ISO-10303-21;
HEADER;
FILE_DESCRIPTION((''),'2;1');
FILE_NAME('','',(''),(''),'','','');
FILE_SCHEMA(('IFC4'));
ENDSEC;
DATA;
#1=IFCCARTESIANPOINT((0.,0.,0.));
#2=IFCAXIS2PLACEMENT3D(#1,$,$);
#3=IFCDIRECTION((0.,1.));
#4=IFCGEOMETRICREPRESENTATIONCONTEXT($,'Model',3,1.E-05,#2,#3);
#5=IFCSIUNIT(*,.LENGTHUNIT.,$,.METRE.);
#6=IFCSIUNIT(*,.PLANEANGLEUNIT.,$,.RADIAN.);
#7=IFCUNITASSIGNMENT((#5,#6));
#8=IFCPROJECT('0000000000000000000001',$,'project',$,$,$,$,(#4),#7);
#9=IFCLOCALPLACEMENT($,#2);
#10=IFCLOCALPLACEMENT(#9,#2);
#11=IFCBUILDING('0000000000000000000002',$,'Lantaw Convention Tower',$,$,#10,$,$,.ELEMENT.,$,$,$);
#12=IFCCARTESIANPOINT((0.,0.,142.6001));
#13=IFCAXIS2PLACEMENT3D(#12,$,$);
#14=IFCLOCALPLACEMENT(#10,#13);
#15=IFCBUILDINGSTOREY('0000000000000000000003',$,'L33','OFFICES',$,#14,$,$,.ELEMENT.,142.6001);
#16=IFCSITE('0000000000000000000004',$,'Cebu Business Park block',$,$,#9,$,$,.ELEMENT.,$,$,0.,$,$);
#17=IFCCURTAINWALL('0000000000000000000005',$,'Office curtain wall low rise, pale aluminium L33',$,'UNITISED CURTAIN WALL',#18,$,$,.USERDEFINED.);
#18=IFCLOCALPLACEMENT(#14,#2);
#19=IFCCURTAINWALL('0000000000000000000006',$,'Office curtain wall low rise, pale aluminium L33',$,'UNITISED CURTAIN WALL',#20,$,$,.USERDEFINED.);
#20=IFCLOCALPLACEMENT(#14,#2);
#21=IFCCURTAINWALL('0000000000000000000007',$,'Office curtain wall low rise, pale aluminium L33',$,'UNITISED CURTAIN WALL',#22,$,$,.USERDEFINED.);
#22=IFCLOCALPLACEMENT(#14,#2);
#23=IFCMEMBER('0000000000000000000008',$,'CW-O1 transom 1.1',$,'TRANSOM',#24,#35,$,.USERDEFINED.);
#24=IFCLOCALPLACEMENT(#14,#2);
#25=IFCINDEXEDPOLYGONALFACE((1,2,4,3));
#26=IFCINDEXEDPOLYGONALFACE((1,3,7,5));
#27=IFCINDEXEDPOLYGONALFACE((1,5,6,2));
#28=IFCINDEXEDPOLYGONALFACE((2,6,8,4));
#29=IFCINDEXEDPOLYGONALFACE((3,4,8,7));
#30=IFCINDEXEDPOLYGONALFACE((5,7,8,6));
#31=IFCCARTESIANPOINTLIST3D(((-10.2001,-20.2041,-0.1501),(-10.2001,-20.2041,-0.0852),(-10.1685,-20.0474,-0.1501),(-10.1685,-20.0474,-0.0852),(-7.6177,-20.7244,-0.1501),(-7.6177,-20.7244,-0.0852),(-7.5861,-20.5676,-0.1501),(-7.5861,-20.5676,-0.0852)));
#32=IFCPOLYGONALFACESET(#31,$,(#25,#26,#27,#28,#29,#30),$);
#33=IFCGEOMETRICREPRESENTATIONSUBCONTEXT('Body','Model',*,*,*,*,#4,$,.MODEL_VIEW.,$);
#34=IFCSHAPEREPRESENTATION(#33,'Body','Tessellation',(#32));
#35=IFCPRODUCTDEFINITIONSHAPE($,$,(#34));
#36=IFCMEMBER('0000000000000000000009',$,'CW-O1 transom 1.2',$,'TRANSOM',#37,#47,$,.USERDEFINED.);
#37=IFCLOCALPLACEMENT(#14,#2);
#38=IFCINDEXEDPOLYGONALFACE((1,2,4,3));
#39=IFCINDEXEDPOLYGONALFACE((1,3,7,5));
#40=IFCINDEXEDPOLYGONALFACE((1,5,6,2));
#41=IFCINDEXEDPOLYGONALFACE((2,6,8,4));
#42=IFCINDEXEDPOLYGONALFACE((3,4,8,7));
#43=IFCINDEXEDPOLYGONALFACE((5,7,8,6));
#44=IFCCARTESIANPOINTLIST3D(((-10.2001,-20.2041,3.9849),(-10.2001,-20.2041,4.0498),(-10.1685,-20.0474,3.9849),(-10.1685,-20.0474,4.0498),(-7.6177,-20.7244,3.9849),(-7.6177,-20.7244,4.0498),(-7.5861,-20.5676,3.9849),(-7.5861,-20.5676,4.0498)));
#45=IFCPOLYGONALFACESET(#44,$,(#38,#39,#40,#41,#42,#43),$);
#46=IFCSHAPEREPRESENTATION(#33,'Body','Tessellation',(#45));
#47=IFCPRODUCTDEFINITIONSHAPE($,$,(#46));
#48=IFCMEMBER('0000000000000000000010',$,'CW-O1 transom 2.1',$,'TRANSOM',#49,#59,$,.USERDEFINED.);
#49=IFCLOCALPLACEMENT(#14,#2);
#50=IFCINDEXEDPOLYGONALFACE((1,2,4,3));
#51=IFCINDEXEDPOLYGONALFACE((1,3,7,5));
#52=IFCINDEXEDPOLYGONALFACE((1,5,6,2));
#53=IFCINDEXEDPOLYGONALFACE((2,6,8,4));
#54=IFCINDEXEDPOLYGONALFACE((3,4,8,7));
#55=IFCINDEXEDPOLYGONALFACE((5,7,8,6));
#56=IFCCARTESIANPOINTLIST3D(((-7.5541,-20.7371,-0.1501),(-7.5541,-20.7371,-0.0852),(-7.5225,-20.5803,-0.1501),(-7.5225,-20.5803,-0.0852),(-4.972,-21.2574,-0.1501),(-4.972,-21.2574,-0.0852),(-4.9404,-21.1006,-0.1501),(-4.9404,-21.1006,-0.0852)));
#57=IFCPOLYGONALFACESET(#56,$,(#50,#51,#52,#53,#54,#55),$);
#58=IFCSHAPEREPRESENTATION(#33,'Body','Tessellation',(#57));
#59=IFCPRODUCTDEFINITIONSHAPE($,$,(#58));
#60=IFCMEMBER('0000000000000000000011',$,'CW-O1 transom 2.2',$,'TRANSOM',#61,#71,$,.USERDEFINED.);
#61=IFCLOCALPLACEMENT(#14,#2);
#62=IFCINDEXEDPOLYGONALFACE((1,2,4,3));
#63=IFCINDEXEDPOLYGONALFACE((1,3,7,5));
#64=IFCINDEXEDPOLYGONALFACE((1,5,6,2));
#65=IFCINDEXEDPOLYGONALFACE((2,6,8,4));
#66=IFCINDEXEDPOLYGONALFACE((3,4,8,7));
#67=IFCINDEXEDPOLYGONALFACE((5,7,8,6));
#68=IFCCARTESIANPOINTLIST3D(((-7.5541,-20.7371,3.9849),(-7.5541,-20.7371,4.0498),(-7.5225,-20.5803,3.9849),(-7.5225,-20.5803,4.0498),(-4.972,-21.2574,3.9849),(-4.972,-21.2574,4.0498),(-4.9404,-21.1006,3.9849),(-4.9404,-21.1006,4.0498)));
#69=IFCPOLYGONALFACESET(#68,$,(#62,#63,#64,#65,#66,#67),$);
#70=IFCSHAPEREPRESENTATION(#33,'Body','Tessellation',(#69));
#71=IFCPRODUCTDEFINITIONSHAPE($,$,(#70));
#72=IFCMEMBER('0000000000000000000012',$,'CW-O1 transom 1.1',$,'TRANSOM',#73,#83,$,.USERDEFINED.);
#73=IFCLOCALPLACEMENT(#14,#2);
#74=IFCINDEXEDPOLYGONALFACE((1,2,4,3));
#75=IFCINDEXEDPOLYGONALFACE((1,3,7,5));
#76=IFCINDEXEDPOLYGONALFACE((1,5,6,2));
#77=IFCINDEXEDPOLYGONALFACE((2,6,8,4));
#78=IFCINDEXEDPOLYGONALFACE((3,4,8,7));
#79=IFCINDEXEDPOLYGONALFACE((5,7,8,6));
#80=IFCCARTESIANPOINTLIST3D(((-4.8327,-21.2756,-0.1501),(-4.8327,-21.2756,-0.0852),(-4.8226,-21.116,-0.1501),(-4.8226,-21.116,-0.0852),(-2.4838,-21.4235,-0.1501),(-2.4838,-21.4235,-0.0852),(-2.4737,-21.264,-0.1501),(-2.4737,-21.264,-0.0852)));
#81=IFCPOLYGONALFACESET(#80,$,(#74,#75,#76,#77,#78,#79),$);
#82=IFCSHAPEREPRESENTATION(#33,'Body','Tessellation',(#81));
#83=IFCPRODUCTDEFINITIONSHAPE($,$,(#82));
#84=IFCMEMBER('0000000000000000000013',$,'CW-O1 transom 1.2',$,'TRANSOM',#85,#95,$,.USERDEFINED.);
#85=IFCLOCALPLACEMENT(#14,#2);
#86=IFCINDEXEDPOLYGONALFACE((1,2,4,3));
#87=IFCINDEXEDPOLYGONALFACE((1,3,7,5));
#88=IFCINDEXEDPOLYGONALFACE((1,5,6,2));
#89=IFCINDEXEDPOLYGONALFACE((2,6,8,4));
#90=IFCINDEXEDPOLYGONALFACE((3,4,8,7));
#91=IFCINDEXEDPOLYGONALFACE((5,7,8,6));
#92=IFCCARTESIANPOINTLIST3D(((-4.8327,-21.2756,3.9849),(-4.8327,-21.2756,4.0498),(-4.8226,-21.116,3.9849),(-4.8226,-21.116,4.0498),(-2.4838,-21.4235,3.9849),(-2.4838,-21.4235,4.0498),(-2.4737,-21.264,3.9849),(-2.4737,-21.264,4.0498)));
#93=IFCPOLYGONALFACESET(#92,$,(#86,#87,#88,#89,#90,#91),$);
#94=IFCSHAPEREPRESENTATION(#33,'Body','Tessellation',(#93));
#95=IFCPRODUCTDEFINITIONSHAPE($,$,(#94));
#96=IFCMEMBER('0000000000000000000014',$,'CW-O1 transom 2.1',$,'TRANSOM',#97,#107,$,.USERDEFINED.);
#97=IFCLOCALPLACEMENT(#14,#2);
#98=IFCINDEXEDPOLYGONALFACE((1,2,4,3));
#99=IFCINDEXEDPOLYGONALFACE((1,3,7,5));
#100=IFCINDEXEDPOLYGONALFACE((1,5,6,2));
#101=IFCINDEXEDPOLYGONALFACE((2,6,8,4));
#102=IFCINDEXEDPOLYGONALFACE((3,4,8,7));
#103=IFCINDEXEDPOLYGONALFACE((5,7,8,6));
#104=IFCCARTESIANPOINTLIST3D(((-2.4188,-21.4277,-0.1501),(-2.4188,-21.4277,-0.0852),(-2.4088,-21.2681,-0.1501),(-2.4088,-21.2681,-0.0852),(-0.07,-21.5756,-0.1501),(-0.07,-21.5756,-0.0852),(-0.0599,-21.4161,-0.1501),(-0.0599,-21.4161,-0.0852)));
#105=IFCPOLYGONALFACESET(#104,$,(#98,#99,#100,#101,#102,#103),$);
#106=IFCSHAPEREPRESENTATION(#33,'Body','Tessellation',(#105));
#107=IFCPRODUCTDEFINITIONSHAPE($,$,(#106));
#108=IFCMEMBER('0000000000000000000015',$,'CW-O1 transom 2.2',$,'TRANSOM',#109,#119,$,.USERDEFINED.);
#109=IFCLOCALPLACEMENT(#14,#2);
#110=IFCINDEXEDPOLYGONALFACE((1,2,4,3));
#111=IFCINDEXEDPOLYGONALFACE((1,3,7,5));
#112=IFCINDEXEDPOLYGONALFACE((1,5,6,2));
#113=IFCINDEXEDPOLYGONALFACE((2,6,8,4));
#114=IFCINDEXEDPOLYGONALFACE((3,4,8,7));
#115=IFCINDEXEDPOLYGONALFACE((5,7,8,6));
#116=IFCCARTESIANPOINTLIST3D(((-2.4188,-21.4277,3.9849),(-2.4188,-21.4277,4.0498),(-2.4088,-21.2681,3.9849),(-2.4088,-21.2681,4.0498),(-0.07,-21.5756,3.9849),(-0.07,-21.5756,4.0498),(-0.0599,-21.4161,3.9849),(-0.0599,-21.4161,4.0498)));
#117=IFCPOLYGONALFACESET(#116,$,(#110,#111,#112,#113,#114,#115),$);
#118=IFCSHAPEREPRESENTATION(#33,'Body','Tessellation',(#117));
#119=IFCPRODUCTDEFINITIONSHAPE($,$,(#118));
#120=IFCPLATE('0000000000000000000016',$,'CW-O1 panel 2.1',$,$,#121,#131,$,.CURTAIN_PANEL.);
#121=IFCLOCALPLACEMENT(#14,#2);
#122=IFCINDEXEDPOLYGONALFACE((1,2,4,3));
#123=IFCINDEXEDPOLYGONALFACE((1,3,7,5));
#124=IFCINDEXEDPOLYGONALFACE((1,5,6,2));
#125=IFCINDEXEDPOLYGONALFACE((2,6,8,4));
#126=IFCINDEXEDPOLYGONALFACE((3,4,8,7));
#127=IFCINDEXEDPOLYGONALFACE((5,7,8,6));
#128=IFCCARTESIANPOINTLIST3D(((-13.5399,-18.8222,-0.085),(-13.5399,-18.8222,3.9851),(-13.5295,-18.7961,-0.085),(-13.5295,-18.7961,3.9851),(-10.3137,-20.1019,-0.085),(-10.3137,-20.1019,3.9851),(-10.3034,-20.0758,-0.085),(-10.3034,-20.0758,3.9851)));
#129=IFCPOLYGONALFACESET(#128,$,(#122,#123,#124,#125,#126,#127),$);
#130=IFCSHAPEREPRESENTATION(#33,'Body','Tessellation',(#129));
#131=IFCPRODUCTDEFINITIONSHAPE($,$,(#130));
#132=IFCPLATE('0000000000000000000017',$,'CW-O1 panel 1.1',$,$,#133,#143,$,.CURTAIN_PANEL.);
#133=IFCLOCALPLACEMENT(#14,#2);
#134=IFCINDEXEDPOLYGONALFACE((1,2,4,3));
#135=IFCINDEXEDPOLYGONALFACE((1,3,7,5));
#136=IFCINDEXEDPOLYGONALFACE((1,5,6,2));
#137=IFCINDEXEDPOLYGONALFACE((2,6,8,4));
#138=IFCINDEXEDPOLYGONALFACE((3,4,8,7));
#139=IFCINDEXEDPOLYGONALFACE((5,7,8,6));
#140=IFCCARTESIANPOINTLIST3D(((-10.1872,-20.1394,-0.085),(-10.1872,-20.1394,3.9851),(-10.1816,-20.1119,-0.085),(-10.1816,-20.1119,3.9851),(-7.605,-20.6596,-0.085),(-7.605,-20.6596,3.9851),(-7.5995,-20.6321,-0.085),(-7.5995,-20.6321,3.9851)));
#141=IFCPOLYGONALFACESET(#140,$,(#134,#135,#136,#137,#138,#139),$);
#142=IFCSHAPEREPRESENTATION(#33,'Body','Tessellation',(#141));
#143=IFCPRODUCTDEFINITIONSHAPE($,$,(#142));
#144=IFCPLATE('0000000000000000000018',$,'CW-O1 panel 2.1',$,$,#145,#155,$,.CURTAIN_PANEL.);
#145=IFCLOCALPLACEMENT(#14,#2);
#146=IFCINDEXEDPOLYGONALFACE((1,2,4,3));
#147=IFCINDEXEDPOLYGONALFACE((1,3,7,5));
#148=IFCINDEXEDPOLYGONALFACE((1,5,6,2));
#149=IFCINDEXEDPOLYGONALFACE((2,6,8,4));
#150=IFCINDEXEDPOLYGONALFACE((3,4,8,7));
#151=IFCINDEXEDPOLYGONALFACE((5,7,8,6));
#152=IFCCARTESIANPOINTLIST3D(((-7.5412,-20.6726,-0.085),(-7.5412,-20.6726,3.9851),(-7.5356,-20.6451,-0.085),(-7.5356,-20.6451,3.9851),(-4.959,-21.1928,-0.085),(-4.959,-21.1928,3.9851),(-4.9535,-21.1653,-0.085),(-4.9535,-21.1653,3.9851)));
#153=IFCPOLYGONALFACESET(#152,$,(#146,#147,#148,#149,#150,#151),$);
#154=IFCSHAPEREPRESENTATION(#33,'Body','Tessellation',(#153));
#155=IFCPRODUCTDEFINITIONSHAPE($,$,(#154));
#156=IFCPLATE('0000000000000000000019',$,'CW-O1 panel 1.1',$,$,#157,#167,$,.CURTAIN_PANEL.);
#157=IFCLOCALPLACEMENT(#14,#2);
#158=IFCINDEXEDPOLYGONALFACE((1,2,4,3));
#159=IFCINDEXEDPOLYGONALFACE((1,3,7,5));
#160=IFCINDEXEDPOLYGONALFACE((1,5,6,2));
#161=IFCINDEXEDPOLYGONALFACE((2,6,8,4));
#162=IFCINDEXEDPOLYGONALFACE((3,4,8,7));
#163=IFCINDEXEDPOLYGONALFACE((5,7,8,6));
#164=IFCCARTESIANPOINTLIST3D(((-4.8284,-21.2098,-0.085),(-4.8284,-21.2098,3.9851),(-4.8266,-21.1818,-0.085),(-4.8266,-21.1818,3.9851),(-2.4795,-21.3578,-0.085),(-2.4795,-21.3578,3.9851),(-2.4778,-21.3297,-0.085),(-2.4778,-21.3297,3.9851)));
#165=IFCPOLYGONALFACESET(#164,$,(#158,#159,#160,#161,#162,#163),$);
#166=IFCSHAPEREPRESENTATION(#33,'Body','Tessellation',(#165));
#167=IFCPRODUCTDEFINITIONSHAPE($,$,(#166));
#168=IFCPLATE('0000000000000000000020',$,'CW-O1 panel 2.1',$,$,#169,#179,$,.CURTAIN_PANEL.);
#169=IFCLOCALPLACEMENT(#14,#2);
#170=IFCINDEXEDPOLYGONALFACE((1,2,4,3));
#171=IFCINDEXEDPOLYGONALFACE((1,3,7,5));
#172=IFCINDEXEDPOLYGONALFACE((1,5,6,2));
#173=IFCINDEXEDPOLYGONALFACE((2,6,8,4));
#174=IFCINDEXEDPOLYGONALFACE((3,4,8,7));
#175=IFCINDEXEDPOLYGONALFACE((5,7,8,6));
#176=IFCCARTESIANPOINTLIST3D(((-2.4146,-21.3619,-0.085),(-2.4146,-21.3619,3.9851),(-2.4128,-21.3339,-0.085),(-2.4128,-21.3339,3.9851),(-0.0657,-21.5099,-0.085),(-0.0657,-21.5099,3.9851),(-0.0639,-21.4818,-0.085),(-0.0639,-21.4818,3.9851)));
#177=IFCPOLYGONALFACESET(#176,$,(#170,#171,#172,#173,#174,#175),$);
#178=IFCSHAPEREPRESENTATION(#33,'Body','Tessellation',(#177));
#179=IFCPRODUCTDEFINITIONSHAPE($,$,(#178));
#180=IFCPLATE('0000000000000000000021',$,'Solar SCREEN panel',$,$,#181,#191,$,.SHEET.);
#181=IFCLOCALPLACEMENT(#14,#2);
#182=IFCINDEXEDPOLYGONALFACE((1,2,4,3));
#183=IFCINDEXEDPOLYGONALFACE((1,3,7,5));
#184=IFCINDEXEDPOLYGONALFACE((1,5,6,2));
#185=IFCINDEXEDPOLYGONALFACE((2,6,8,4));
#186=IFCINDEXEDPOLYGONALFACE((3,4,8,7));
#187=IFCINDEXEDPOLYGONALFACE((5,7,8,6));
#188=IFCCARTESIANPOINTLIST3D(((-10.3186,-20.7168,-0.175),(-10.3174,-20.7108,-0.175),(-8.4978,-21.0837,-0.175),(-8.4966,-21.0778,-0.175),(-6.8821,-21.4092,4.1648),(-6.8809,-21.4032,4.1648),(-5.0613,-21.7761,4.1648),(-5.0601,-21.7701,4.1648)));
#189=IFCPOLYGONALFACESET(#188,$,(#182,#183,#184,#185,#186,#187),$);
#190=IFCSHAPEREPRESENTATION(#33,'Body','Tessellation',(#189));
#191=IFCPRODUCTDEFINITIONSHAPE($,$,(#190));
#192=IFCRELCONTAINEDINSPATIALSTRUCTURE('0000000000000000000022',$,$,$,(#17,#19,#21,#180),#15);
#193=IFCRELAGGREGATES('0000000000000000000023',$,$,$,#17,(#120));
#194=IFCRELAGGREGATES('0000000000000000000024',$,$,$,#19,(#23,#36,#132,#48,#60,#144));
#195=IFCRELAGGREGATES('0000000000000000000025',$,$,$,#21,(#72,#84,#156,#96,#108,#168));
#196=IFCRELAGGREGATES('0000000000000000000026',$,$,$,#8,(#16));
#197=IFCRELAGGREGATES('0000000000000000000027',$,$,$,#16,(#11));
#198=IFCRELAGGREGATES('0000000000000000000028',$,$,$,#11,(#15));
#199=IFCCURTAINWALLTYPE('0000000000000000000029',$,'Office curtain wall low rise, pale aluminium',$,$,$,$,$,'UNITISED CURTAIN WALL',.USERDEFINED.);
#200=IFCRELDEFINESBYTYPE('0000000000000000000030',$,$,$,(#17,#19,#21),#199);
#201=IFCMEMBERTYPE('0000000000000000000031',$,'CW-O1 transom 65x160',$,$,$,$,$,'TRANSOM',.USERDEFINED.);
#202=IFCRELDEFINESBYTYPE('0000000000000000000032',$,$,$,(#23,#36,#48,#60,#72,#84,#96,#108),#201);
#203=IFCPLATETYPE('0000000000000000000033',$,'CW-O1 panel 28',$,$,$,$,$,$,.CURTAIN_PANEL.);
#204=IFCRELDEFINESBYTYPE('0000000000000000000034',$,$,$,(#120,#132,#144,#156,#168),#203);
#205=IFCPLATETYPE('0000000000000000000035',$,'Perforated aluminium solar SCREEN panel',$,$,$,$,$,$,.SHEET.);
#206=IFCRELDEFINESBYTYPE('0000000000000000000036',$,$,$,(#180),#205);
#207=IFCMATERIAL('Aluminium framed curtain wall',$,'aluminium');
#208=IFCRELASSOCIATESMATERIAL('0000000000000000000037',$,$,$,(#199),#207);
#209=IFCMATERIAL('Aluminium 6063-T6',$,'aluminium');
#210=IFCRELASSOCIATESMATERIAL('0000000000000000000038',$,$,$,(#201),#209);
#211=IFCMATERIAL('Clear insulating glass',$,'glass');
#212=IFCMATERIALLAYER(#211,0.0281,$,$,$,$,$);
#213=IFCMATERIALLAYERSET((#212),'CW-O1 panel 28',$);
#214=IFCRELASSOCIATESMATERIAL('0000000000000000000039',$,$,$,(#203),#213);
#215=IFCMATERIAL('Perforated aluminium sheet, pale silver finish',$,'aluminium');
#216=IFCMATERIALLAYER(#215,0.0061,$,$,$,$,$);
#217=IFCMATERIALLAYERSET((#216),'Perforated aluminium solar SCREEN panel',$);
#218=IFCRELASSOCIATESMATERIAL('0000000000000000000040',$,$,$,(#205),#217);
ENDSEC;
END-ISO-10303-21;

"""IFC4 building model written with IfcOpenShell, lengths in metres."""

from ifc_helpers import new_model, si_unit, direction, frame, origin, origin_2d, place, context, subcontext, project, spatial, polyline, rectangle, outline, extrude, material, layer, layer_set, material_profile, profile_set, type_object, element, aggregate, save


model = new_model("IFC4")

# Units and contexts
model_context = context("Model", 3, precision=1e-05, world=origin(), true_north=direction((0.0, 1.0)))
body_context = subcontext(model_context, "Body", "Model", "MODEL_VIEW")
ifc_project = project(units=[si_unit("LENGTHUNIT", "METRE"), si_unit("PLANEANGLEUNIT", "RADIAN")], contexts=[model_context])

# Site, building, storey
site_placement = place(None, origin())
site = spatial("IfcSite", under=ifc_project, at=site_placement, Name="Cebu Business Park block", CompositionType="ELEMENT", RefElevation=0.0)
building_placement = place(site_placement, origin())
building = spatial("IfcBuilding", under=site, at=building_placement, Name="Lantaw Convention Tower", CompositionType="ELEMENT")
storey_placement = place(building_placement, frame((0.0, 0.0, 142.6001)))
storey = spatial("IfcBuildingStorey", under=building, at=storey_placement, Name="L33", Description="OFFICES", CompositionType="ELEMENT", Elevation=142.6001)

# Curtain wall
ifc_material_1 = material(Name="Aluminium framed curtain wall", Category="aluminium")
curtain_wall_type = type_object("IfcCurtainWallType", Name="Office curtain wall low rise, pale aluminium", ElementType="UNITISED CURTAIN WALL", PredefinedType="USERDEFINED", material=ifc_material_1)
curtain_wall_1_placement = place(storey_placement, origin())
curtain_wall_1 = element("IfcCurtainWall", 1, at=curtain_wall_1_placement, inside=storey, type_object=curtain_wall_type, Name="Office curtain wall low rise, pale aluminium L33", ObjectType="UNITISED CURTAIN WALL", PredefinedType="USERDEFINED")
ifc_material_2 = material(Name="Aluminium 6063-T6", Category="aluminium")

# Curtain walls
curtain_wall_2_placement = place(storey_placement, origin())
curtain_wall_2 = element("IfcCurtainWall", 2, at=curtain_wall_2_placement, inside=storey, type_object=curtain_wall_type, Name="Office curtain wall low rise, pale aluminium L33", ObjectType="UNITISED CURTAIN WALL", PredefinedType="USERDEFINED")
curtain_wall_3_placement = place(storey_placement, origin())
curtain_wall_3 = element("IfcCurtainWall", 3, at=curtain_wall_3_placement, inside=storey, type_object=curtain_wall_type, Name="Office curtain wall low rise, pale aluminium L33", ObjectType="UNITISED CURTAIN WALL", PredefinedType="USERDEFINED")

# Members
ifc_material_profile_1 = material_profile(ifc_material_2, rectangle(XDim=0.1599, YDim=0.0649, at=origin_2d()), Name="CW-O1 transom 65x160")
ifc_profile_set_1 = profile_set([ifc_material_profile_1], Name="Aluminium 6063-T6")
member_type_1 = type_object("IfcMemberType", Name="CW-O1 transom 65x160", ElementType="TRANSOM", PredefinedType="USERDEFINED", material=ifc_profile_set_1)
member_1_placement = place(storey_placement, frame((-10.1843, -20.1257, -0.1177), z_axis=(0.980302, -0.197506, 0.0), x_axis=(0.197506, 0.980302, 0.0)))
member_1 = element("IfcMember", 4, at=member_1_placement, type_object=member_type_1, Name="CW-O1 transom 1.1", ObjectType="TRANSOM", PredefinedType="USERDEFINED", context=body_context, shape_type="SweptSolid", body=[
    extrude(rectangle(XDim=0.1599, YDim=0.0649, at=origin_2d()), origin(), (0.0, 0.0, 1.0), 2.6343),
])
member_2_placement = place(storey_placement, frame((-10.1843, -20.1257, 4.0173), z_axis=(0.980302, -0.197506, 0.0), x_axis=(0.197506, 0.980302, 0.0)))
member_2 = element("IfcMember", 5, at=member_2_placement, type_object=member_type_1, Name="CW-O1 transom 1.2", ObjectType="TRANSOM", PredefinedType="USERDEFINED", context=body_context, shape_type="SweptSolid", body=[
    extrude(rectangle(XDim=0.1599, YDim=0.0649, at=origin_2d()), origin(), (0.0, 0.0, 1.0), 2.6343),
])
member_3_placement = place(storey_placement, frame((-7.5383, -20.6587, -0.1177), z_axis=(0.980298, -0.197524, 0.0), x_axis=(0.197524, 0.980298, 0.0)))
member_3 = element("IfcMember", 6, at=member_3_placement, type_object=member_type_1, Name="CW-O1 transom 2.1", ObjectType="TRANSOM", PredefinedType="USERDEFINED", context=body_context, shape_type="SweptSolid", body=[
    extrude(rectangle(XDim=0.1599, YDim=0.0649, at=origin_2d()), origin(), (0.0, 0.0, 1.0), 2.634),
])
member_4_placement = place(storey_placement, frame((-7.5383, -20.6587, 4.0173), z_axis=(0.980298, -0.197524, 0.0), x_axis=(0.197524, 0.980298, 0.0)))
member_4 = element("IfcMember", 7, at=member_4_placement, type_object=member_type_1, Name="CW-O1 transom 2.2", ObjectType="TRANSOM", PredefinedType="USERDEFINED", context=body_context, shape_type="SweptSolid", body=[
    extrude(rectangle(XDim=0.1599, YDim=0.0649, at=origin_2d()), origin(), (0.0, 0.0, 1.0), 2.634),
])
member_5_placement = place(storey_placement, frame((-4.8276, -21.1958, -0.1177), z_axis=(0.998022, -0.062863, 0.0), x_axis=(0.062863, 0.998022, 0.0)))
member_5 = element("IfcMember", 8, at=member_5_placement, type_object=member_type_1, Name="CW-O1 transom 1.1", ObjectType="TRANSOM", PredefinedType="USERDEFINED", context=body_context, shape_type="SweptSolid", body=[
    extrude(rectangle(XDim=0.1599, YDim=0.0649, at=origin_2d()), origin(), (0.0, 0.0, 1.0), 2.3535),
])
member_6_placement = place(storey_placement, frame((-4.8276, -21.1958, 4.0173), z_axis=(0.998022, -0.062863, 0.0), x_axis=(0.062863, 0.998022, 0.0)))
member_6 = element("IfcMember", 9, at=member_6_placement, type_object=member_type_1, Name="CW-O1 transom 1.2", ObjectType="TRANSOM", PredefinedType="USERDEFINED", context=body_context, shape_type="SweptSolid", body=[
    extrude(rectangle(XDim=0.1599, YDim=0.0649, at=origin_2d()), origin(), (0.0, 0.0, 1.0), 2.3535),
])
member_7_placement = place(storey_placement, frame((-2.4138, -21.3479, -0.1177), z_axis=(0.998022, -0.062863, 0.0), x_axis=(0.062863, 0.998022, 0.0)))
member_7 = element("IfcMember", 10, at=member_7_placement, type_object=member_type_1, Name="CW-O1 transom 2.1", ObjectType="TRANSOM", PredefinedType="USERDEFINED", context=body_context, shape_type="SweptSolid", body=[
    extrude(rectangle(XDim=0.1599, YDim=0.0649, at=origin_2d()), origin(), (0.0, 0.0, 1.0), 2.3535),
])
member_8_placement = place(storey_placement, frame((-2.4138, -21.3479, 4.0173), z_axis=(0.998022, -0.062863, 0.0), x_axis=(0.062863, 0.998022, 0.0)))
member_8 = element("IfcMember", 11, at=member_8_placement, type_object=member_type_1, Name="CW-O1 transom 2.2", ObjectType="TRANSOM", PredefinedType="USERDEFINED", context=body_context, shape_type="SweptSolid", body=[
    extrude(rectangle(XDim=0.1599, YDim=0.0649, at=origin_2d()), origin(), (0.0, 0.0, 1.0), 2.3535),
])

# Plates
ifc_material_3 = material(Name="Clear insulating glass", Category="glass")
ifc_layer_1 = layer(ifc_material_3, 0.0281)
ifc_layer_set_1 = layer_set([ifc_layer_1], Name="CW-O1 panel 28")
plate_type_1 = type_object("IfcPlateType", Name="CW-O1 panel 28", PredefinedType="CURTAIN_PANEL", material=ifc_layer_set_1)
plate_1_placement = place(storey_placement, frame((-11.9216, -19.449, -0.085), z_axis=(0.0, 0.0, 1.0), x_axis=(0.929548, -0.368702, 0.0)))
plate_1 = element("IfcPlate", 12, at=plate_1_placement, type_object=plate_type_1, Name="CW-O1 panel 2.1", PredefinedType="CURTAIN_PANEL", context=body_context, shape_type="SweptSolid", body=[
    extrude(rectangle(XDim=3.4707, YDim=0.0281, at=origin_2d()), origin(), (0.0, 0.0, 1.0), 4.0701),
])
aggregate(curtain_wall_1, [plate_1])
plate_2_placement = place(storey_placement, frame((-8.8933, -20.3857, -0.085), z_axis=(0.0, 0.0, 1.0), x_axis=(0.980302, -0.197507, 0.0)))
plate_2 = element("IfcPlate", 13, at=plate_2_placement, type_object=plate_type_1, Name="CW-O1 panel 1.1", PredefinedType="CURTAIN_PANEL", context=body_context, shape_type="SweptSolid", body=[
    extrude(rectangle(XDim=2.634, YDim=0.0281, at=origin_2d()), origin(), (0.0, 0.0, 1.0), 4.0701),
])
plate_3_placement = place(storey_placement, frame((-6.2473, -20.9189, -0.085), z_axis=(0.0, 0.0, 1.0), x_axis=(0.980302, -0.197507, 0.0)))
plate_3 = element("IfcPlate", 14, at=plate_3_placement, type_object=plate_type_1, Name="CW-O1 panel 2.1", PredefinedType="CURTAIN_PANEL", context=body_context, shape_type="SweptSolid", body=[
    extrude(rectangle(XDim=2.634, YDim=0.0281, at=origin_2d()), origin(), (0.0, 0.0, 1.0), 4.0701),
])
aggregate(curtain_wall_2, [member_1, member_2, plate_2, member_3, member_4, plate_3])
plate_4_placement = place(storey_placement, frame((-3.6531, -21.2698, -0.085), z_axis=(0.0, 0.0, 1.0), x_axis=(0.998022, -0.062865, 0.0)))
plate_4 = element("IfcPlate", 15, at=plate_4_placement, type_object=plate_type_1, Name="CW-O1 panel 1.1", PredefinedType="CURTAIN_PANEL", context=body_context, shape_type="SweptSolid", body=[
    extrude(rectangle(XDim=2.3535, YDim=0.0281, at=origin_2d()), origin(), (0.0, 0.0, 1.0), 4.0701),
])
plate_5_placement = place(storey_placement, frame((-1.2393, -21.4219, -0.085), z_axis=(0.0, 0.0, 1.0), x_axis=(0.998022, -0.062865, 0.0)))
plate_5 = element("IfcPlate", 16, at=plate_5_placement, type_object=plate_type_1, Name="CW-O1 panel 2.1", PredefinedType="CURTAIN_PANEL", context=body_context, shape_type="SweptSolid", body=[
    extrude(rectangle(XDim=2.3535, YDim=0.0281, at=origin_2d()), origin(), (0.0, 0.0, 1.0), 4.0701),
])
aggregate(curtain_wall_3, [member_5, member_6, plate_4, member_7, member_8, plate_5])

# Plate
ifc_material_4 = material(Name="Perforated aluminium sheet, pale silver finish", Category="aluminium")
ifc_layer_2 = layer(ifc_material_4, 0.0061)
ifc_layer_set_2 = layer_set([ifc_layer_2], Name="Perforated aluminium solar SCREEN panel")
plate_type_2 = type_object("IfcPlateType", Name="Perforated aluminium solar SCREEN panel", PredefinedType="SHEET", material=ifc_layer_set_2)
plate_6_placement = place(storey_placement, frame((-10.3186, -20.7168, -0.175), z_axis=(-0.197557, -0.980291, 0.000039), x_axis=(0.980291, -0.197557, 0.0)))
element("IfcPlate", 17, at=plate_6_placement, inside=storey, type_object=plate_type_2, Name="Solar SCREEN panel", PredefinedType="SHEET", context=body_context, shape_type="SweptSolid", body=[
    extrude(outline(polyline([(0.0, 0.0), (1.8574, 0.0), (5.363, 4.3398), (3.5056, 4.3398), (0.0, 0.0)])), origin(), (0.0, 0.0, -1.0), 0.0061),
])

save(model, "model.ifc")
